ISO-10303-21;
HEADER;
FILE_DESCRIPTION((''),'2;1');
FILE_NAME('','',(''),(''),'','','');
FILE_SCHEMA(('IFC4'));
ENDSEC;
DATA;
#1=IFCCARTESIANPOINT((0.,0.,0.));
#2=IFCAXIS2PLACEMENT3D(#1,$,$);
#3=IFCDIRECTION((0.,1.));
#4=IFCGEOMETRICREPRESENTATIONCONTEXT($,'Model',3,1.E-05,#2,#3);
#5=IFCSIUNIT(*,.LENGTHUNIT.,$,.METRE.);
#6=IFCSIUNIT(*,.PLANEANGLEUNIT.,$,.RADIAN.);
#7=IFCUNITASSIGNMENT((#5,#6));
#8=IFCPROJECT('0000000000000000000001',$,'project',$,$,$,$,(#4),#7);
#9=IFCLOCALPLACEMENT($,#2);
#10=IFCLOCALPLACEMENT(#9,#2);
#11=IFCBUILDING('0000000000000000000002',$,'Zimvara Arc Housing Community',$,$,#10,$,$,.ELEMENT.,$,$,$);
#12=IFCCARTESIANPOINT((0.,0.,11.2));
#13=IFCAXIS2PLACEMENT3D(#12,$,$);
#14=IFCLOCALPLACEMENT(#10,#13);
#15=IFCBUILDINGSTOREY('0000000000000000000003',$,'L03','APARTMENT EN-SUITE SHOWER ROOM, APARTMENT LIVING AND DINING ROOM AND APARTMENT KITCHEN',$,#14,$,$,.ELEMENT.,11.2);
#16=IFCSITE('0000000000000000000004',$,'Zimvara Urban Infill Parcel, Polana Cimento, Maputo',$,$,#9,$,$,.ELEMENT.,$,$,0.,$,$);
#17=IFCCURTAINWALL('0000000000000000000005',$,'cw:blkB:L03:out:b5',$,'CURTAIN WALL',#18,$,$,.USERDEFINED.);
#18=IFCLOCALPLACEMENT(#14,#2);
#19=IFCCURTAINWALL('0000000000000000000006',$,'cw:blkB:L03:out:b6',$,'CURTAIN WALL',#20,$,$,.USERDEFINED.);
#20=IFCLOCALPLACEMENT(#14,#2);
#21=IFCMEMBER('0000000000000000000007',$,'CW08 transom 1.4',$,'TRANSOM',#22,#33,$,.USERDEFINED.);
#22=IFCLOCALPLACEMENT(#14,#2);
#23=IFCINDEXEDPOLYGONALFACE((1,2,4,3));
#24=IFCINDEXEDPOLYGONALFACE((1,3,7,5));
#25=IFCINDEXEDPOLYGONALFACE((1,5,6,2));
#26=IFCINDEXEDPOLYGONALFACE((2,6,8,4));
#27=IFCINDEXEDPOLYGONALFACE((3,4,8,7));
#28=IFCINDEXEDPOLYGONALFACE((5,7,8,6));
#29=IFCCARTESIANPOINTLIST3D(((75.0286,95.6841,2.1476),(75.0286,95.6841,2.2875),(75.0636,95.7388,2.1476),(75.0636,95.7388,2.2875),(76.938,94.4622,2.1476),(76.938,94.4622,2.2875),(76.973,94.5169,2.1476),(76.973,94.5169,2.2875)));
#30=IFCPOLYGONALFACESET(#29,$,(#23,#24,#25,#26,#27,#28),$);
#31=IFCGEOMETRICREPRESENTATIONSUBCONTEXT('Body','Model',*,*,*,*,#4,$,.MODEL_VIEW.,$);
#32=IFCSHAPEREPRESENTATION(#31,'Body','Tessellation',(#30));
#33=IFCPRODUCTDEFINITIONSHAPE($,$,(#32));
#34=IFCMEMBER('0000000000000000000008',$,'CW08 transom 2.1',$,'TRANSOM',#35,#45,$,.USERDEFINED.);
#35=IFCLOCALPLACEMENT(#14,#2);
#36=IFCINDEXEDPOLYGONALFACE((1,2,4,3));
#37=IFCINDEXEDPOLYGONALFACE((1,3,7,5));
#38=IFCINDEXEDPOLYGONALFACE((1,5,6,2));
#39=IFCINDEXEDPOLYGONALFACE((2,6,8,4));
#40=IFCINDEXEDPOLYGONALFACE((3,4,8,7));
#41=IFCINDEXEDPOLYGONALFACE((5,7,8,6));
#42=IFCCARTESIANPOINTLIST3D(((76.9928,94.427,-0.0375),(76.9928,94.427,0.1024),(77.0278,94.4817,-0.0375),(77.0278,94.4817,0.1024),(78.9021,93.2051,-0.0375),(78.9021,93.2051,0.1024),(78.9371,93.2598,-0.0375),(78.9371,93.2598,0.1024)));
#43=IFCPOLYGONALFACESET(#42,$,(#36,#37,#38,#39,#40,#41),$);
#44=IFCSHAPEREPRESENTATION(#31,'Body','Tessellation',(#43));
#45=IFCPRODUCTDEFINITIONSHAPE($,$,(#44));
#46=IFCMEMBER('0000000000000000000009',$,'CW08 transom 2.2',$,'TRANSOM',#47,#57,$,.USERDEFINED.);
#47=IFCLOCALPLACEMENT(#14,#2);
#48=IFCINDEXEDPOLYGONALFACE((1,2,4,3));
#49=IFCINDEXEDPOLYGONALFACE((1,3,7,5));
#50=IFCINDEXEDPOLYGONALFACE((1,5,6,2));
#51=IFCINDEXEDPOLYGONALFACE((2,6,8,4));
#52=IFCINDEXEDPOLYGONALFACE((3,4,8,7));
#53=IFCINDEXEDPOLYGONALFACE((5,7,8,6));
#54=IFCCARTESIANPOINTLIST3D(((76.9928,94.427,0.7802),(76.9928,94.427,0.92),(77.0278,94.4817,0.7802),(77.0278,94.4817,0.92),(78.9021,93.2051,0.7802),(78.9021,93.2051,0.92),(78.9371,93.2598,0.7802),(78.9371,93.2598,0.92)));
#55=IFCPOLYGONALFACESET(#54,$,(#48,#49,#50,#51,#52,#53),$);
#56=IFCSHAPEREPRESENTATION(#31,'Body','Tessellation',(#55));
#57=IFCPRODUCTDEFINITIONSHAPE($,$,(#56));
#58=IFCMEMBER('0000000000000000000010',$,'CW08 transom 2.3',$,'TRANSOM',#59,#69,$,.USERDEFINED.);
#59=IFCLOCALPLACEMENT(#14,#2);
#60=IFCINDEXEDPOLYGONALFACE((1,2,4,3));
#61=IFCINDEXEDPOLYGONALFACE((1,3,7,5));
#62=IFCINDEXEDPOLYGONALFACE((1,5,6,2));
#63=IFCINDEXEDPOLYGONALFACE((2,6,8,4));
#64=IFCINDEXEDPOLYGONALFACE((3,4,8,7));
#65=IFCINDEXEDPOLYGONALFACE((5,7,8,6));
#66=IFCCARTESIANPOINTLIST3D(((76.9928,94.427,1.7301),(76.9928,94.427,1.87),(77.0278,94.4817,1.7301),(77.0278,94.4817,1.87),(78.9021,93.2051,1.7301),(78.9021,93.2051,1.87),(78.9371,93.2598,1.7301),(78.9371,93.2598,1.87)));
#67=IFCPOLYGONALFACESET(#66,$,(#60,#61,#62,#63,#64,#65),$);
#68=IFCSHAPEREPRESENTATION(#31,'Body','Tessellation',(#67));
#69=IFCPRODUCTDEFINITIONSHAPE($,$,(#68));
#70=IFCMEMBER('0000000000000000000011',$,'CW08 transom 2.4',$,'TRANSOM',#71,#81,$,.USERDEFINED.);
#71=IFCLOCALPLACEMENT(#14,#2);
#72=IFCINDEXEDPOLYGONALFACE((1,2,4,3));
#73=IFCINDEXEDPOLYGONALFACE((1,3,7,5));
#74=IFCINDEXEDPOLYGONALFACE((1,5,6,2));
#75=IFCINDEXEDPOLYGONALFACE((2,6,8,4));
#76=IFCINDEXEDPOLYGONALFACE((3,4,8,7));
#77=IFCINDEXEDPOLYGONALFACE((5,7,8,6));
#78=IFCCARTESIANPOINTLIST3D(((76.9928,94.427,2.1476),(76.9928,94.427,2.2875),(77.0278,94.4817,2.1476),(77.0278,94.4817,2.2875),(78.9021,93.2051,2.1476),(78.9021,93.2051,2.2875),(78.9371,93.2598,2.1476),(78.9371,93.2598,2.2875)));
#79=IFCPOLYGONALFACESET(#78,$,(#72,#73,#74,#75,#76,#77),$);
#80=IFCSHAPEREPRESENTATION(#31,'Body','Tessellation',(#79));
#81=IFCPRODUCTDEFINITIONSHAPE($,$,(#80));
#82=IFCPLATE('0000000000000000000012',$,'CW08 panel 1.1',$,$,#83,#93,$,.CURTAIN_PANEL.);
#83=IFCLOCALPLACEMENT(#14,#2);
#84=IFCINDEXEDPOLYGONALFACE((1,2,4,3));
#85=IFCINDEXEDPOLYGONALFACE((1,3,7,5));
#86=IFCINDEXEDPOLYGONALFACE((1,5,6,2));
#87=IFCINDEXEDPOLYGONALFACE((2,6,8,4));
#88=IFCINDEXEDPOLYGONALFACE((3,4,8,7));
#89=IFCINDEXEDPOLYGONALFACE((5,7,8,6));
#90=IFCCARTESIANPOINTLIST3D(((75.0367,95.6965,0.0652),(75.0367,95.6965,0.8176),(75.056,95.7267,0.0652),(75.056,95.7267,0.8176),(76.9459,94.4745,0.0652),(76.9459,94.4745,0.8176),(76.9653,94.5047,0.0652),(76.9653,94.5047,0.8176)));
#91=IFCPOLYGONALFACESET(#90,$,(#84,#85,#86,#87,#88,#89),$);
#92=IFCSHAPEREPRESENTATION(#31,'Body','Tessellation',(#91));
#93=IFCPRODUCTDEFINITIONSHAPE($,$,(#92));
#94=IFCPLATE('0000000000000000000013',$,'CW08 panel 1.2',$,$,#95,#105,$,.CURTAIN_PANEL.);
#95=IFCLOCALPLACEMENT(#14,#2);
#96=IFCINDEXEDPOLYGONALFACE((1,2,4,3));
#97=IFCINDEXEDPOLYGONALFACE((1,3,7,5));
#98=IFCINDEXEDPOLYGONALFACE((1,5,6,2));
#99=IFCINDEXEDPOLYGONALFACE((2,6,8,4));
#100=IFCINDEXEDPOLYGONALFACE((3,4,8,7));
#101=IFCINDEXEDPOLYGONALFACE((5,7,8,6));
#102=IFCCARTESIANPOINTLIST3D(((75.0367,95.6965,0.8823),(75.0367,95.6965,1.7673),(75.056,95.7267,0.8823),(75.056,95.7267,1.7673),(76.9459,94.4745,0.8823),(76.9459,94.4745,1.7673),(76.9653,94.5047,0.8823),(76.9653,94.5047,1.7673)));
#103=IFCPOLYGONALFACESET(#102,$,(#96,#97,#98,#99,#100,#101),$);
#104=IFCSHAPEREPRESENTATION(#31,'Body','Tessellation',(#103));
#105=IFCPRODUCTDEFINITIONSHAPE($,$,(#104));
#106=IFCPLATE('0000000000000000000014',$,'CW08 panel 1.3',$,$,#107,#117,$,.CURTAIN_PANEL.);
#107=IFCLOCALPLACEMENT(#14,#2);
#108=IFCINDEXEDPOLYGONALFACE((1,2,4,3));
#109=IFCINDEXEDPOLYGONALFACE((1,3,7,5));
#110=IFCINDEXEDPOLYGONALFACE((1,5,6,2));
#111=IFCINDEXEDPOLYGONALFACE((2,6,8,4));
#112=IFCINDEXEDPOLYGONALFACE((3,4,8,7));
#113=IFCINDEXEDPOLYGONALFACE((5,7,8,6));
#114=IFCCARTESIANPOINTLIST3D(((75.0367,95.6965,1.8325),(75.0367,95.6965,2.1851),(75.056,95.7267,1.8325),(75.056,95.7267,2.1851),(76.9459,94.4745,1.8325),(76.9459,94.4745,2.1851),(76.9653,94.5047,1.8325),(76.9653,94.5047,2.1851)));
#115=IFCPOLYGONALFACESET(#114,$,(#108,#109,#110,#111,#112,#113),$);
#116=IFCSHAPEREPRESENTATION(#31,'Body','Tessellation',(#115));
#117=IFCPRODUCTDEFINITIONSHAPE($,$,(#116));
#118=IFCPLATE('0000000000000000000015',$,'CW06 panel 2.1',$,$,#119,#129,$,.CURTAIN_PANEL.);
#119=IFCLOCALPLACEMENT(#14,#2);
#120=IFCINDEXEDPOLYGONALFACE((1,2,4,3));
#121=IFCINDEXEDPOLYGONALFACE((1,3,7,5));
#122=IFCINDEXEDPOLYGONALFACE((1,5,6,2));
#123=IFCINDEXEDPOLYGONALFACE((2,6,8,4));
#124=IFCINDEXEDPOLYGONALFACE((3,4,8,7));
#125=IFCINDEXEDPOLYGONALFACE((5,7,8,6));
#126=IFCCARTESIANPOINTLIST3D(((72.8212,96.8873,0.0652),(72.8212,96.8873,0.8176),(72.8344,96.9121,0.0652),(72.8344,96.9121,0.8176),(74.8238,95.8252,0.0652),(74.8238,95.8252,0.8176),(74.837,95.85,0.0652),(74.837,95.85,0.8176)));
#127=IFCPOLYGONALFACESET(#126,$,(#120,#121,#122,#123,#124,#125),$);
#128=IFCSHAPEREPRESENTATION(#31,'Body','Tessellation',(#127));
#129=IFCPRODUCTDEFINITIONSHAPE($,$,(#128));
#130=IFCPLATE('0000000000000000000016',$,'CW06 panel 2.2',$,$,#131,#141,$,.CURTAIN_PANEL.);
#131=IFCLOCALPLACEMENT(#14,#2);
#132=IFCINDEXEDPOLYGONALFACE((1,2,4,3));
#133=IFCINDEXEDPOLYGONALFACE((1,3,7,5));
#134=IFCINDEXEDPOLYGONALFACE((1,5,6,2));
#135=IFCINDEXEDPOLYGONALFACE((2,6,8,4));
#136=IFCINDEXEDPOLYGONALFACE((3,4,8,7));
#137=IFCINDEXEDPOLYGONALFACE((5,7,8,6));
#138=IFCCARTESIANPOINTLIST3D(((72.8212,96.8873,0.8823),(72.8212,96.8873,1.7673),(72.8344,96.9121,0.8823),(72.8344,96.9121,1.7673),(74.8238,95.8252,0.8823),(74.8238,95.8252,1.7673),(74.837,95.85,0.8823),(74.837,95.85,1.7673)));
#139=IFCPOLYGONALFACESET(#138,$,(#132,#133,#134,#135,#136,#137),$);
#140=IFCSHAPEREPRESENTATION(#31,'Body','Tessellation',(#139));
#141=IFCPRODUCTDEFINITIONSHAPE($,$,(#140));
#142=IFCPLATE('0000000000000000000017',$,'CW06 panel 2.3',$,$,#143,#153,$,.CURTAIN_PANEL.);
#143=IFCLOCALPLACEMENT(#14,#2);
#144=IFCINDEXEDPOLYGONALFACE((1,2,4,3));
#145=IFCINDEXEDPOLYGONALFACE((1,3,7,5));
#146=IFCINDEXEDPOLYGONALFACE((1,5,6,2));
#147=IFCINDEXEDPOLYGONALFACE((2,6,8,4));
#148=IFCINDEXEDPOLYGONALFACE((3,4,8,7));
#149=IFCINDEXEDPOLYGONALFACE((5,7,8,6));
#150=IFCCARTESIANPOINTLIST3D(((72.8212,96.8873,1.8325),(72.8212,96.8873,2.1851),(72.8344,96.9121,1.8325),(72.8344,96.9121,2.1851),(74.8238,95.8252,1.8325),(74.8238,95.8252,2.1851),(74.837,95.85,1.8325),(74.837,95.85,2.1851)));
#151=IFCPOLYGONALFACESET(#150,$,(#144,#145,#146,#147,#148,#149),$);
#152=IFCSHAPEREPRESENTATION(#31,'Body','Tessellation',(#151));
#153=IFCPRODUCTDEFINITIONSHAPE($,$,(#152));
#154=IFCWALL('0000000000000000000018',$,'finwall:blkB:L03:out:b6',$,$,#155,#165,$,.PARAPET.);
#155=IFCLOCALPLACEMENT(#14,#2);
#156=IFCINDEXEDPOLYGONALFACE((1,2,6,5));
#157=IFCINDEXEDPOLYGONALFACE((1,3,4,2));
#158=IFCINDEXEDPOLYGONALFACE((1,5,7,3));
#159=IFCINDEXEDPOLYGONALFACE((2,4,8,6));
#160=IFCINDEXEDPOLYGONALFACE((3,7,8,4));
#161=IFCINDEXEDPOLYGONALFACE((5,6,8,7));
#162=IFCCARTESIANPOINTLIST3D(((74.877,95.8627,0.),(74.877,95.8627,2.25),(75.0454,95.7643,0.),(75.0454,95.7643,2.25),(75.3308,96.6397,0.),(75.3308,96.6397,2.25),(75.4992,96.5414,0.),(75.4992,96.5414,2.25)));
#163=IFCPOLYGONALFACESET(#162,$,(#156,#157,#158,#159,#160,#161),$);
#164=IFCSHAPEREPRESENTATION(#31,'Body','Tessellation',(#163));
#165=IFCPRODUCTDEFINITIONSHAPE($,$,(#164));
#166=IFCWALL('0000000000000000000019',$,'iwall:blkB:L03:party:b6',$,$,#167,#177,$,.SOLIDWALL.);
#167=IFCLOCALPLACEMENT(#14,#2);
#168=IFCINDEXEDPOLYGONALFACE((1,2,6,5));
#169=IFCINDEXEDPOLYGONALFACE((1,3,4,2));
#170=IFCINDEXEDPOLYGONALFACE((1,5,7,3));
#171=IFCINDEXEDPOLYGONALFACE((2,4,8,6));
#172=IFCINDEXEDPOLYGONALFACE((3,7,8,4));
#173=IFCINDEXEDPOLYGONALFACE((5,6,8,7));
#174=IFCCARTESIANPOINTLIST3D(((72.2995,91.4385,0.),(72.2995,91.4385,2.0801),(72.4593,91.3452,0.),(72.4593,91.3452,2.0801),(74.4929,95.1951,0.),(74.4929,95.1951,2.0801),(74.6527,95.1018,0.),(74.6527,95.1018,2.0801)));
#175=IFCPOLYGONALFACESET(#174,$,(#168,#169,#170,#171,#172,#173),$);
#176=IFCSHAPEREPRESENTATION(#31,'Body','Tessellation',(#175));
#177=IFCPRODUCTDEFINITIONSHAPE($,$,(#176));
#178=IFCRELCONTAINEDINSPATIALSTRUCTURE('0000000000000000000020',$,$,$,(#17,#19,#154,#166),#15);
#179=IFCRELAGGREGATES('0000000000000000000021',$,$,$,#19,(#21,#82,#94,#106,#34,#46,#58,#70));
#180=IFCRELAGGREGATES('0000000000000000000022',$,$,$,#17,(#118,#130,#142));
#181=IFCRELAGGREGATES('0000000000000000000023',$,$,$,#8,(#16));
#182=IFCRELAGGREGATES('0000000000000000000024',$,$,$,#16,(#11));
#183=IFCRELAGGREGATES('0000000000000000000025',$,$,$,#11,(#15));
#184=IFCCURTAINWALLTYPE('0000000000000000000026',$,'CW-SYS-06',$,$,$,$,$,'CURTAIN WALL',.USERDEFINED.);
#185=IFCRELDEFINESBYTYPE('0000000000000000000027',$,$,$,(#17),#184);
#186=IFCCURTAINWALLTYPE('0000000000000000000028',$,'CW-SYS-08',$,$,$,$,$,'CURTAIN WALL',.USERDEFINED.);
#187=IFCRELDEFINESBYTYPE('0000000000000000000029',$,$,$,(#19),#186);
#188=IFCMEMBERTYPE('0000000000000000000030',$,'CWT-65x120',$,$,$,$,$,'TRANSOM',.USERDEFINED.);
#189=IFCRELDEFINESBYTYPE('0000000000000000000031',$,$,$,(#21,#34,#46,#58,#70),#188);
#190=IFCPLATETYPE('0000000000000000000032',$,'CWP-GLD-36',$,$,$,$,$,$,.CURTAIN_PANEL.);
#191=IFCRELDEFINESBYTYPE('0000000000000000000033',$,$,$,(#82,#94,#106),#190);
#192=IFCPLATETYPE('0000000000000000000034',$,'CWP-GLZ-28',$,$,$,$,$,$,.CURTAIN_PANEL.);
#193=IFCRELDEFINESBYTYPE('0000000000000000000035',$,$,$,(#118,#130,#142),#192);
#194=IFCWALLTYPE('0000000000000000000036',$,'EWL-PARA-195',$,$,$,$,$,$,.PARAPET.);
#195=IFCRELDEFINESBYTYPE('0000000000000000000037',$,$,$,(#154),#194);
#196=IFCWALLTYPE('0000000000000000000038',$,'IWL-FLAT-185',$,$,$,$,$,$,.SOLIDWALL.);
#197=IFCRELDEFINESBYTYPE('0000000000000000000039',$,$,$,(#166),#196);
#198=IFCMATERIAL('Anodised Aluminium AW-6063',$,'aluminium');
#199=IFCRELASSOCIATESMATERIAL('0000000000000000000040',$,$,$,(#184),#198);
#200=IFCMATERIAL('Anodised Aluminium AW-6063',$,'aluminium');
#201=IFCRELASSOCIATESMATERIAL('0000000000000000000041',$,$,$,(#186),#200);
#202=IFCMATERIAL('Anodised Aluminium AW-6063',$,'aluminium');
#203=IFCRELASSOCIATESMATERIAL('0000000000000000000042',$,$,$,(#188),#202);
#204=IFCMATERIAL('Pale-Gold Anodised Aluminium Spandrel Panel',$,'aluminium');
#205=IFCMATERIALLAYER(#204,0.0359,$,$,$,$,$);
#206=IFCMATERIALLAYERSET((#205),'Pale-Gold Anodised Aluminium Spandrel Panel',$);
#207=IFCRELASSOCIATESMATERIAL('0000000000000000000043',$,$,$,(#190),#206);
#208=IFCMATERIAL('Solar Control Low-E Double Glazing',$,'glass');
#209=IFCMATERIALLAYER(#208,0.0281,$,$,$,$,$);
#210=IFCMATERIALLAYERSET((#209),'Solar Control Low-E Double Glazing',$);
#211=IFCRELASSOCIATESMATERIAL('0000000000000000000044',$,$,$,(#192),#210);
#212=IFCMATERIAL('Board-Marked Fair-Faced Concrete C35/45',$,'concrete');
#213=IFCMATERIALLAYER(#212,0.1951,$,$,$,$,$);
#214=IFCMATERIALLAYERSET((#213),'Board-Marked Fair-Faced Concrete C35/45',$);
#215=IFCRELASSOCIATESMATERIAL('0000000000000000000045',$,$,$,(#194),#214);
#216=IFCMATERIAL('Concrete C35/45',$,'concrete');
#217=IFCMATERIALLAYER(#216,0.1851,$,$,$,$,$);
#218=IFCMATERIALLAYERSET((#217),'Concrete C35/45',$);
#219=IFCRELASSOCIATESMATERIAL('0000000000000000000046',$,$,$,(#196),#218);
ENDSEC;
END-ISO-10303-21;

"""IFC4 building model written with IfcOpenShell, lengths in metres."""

from ifc_helpers import new_model, si_unit, direction, frame, frame_2d, origin, origin_2d, place, context, subcontext, project, spatial, rectangle, extrude, material, layer, layer_set, material_profile, profile_set, type_object, element, aggregate, save


model = new_model("IFC4")

# Units and contexts
model_context = context("Model", 3, precision=1e-05, world=origin(), true_north=direction((0.0, 1.0)))
body_context = subcontext(model_context, "Body", "Model", "MODEL_VIEW")
ifc_project = project(units=[si_unit("LENGTHUNIT", "METRE"), si_unit("PLANEANGLEUNIT", "RADIAN")], contexts=[model_context])

# Site, building, storey
site_placement = place(None, origin())
site = spatial("IfcSite", under=ifc_project, at=site_placement, Name="Zimvara Urban Infill Parcel, Polana Cimento, Maputo", CompositionType="ELEMENT", RefElevation=0.0)
building_placement = place(site_placement, origin())
building = spatial("IfcBuilding", under=site, at=building_placement, Name="Zimvara Arc Housing Community", CompositionType="ELEMENT")
storey_placement = place(building_placement, frame((0.0, 0.0, 11.2)))
storey = spatial("IfcBuildingStorey", under=building, at=storey_placement, Name="L03", Description="APARTMENT EN-SUITE SHOWER ROOM, APARTMENT LIVING AND DINING ROOM AND APARTMENT KITCHEN", CompositionType="ELEMENT", Elevation=11.2)

# Curtain walls
ifc_material_1 = material(Name="Anodised Aluminium AW-6063", Category="aluminium")
curtain_wall_type_1 = type_object("IfcCurtainWallType", Name="CW-SYS-06", ElementType="CURTAIN WALL", PredefinedType="USERDEFINED", material=ifc_material_1)
curtain_wall_1_placement = place(storey_placement, origin())
curtain_wall_1 = element("IfcCurtainWall", 1, at=curtain_wall_1_placement, inside=storey, type_object=curtain_wall_type_1, Name="cw:blkB:L03:out:b5", ObjectType="CURTAIN WALL", PredefinedType="USERDEFINED")
ifc_material_2 = material(Name="Anodised Aluminium AW-6063", Category="aluminium")
curtain_wall_type_2 = type_object("IfcCurtainWallType", Name="CW-SYS-08", ElementType="CURTAIN WALL", PredefinedType="USERDEFINED", material=ifc_material_2)
curtain_wall_2_placement = place(storey_placement, origin())
curtain_wall_2 = element("IfcCurtainWall", 2, at=curtain_wall_2_placement, inside=storey, type_object=curtain_wall_type_2, Name="cw:blkB:L03:out:b6", ObjectType="CURTAIN WALL", PredefinedType="USERDEFINED")

# Members
ifc_material_3 = material(Name="Anodised Aluminium AW-6063", Category="aluminium")
ifc_material_profile_1 = material_profile(ifc_material_3, rectangle(XDim=0.0649, YDim=0.1399, at=origin_2d()), Name="ALU 65x140")
ifc_profile_set_1 = profile_set([ifc_material_profile_1], Name="Anodised Aluminium AW-6063")
member_type_1 = type_object("IfcMemberType", Name="CWT-65x120", ElementType="TRANSOM", PredefinedType="USERDEFINED", material=ifc_profile_set_1)
member_1_placement = place(storey_placement, frame((75.0461, 95.7114, 2.2175), z_axis=(0.842293, -0.53902, 0.0), x_axis=(0.53902, 0.842293, 0.0)))
member_1 = element("IfcMember", 3, at=member_1_placement, type_object=member_type_1, Name="CW08 transom 1.4", ObjectType="TRANSOM", PredefinedType="USERDEFINED", context=body_context, shape_type="SweptSolid", body=[
    extrude(rectangle(XDim=0.0649, YDim=0.1399, at=origin_2d()), origin(), (0.0, 0.0, 1.0), 2.2668),
])
member_2_placement = place(storey_placement, frame((77.0103, 94.4543, 0.0325), z_axis=(0.842293, -0.53902, 0.0), x_axis=(0.53902, 0.842293, 0.0)))
member_2 = element("IfcMember", 4, at=member_2_placement, type_object=member_type_1, Name="CW08 transom 2.1", ObjectType="TRANSOM", PredefinedType="USERDEFINED", context=body_context, shape_type="SweptSolid", body=[
    extrude(rectangle(XDim=0.0649, YDim=0.1399, at=origin_2d()), origin(), (0.0, 0.0, 1.0), 2.2668),
])
member_3_placement = place(storey_placement, frame((77.0103, 94.4543, 0.8501), z_axis=(0.842293, -0.53902, 0.0), x_axis=(0.53902, 0.842293, 0.0)))
member_3 = element("IfcMember", 5, at=member_3_placement, type_object=member_type_1, Name="CW08 transom 2.2", ObjectType="TRANSOM", PredefinedType="USERDEFINED", context=body_context, shape_type="SweptSolid", body=[
    extrude(rectangle(XDim=0.0649, YDim=0.1399, at=origin_2d()), origin(), (0.0, 0.0, 1.0), 2.2668),
])
member_4_placement = place(storey_placement, frame((77.0103, 94.4543, 1.8), z_axis=(0.842293, -0.53902, 0.0), x_axis=(0.53902, 0.842293, 0.0)))
member_4 = element("IfcMember", 6, at=member_4_placement, type_object=member_type_1, Name="CW08 transom 2.3", ObjectType="TRANSOM", PredefinedType="USERDEFINED", context=body_context, shape_type="SweptSolid", body=[
    extrude(rectangle(XDim=0.0649, YDim=0.1399, at=origin_2d()), origin(), (0.0, 0.0, 1.0), 2.2668),
])
member_5_placement = place(storey_placement, frame((77.0103, 94.4543, 2.2175), z_axis=(0.842293, -0.53902, 0.0), x_axis=(0.53902, 0.842293, 0.0)))
member_5 = element("IfcMember", 7, at=member_5_placement, type_object=member_type_1, Name="CW08 transom 2.4", ObjectType="TRANSOM", PredefinedType="USERDEFINED", context=body_context, shape_type="SweptSolid", body=[
    extrude(rectangle(XDim=0.0649, YDim=0.1399, at=origin_2d()), origin(), (0.0, 0.0, 1.0), 2.2668),
])

# Plates
ifc_material_4 = material(Name="Pale-Gold Anodised Aluminium Spandrel Panel", Category="aluminium")
ifc_layer_1 = layer(ifc_material_4, 0.0359)
ifc_layer_set_1 = layer_set([ifc_layer_1], Name="Pale-Gold Anodised Aluminium Spandrel Panel")
plate_type_1 = type_object("IfcPlateType", Name="CWP-GLD-36", PredefinedType="CURTAIN_PANEL", material=ifc_layer_set_1)
plate_1_placement = place(storey_placement, frame((76.001, 95.1006, 0.0652), z_axis=(0.0, 0.0, 1.0), x_axis=(0.842264, -0.539065, 0.0)))
plate_1 = element("IfcPlate", 8, at=plate_1_placement, type_object=plate_type_1, Name="CW08 panel 1.1", PredefinedType="CURTAIN_PANEL", context=body_context, shape_type="SweptSolid", body=[
    extrude(rectangle(XDim=2.2668, YDim=0.0359, at=origin_2d()), origin(), (0.0, 0.0, 1.0), 0.7524),
])
plate_2_placement = place(storey_placement, frame((76.001, 95.1006, 0.8823), z_axis=(0.0, 0.0, 1.0), x_axis=(0.842264, -0.539065, 0.0)))
plate_2 = element("IfcPlate", 9, at=plate_2_placement, type_object=plate_type_1, Name="CW08 panel 1.2", PredefinedType="CURTAIN_PANEL", context=body_context, shape_type="SweptSolid", body=[
    extrude(rectangle(XDim=2.2668, YDim=0.0359, at=origin_2d()), origin(), (0.0, 0.0, 1.0), 0.885),
])
plate_3_placement = place(storey_placement, frame((76.001, 95.1006, 1.8325), z_axis=(0.0, 0.0, 1.0), x_axis=(0.842264, -0.539065, 0.0)))
plate_3 = element("IfcPlate", 10, at=plate_3_placement, type_object=plate_type_1, Name="CW08 panel 1.3", PredefinedType="CURTAIN_PANEL", context=body_context, shape_type="SweptSolid", body=[
    extrude(rectangle(XDim=2.2668, YDim=0.0359, at=origin_2d()), origin(), (0.0, 0.0, 1.0), 0.3525),
])
aggregate(curtain_wall_2, [member_1, plate_1, plate_2, plate_3, member_2, member_3, member_4, member_5])
ifc_material_5 = material(Name="Solar Control Low-E Double Glazing", Category="glass")
ifc_layer_2 = layer(ifc_material_5, 0.0281)
ifc_layer_set_2 = layer_set([ifc_layer_2], Name="Solar Control Low-E Double Glazing")
plate_type_2 = type_object("IfcPlateType", Name="CWP-GLZ-28", PredefinedType="CURTAIN_PANEL", material=ifc_layer_set_2)
plate_4_placement = place(storey_placement, frame((73.8291, 96.3687, 0.0652), z_axis=(0.0, 0.0, 1.0), x_axis=(0.883439, -0.468547, 0.0)))
plate_4 = element("IfcPlate", 11, at=plate_4_placement, type_object=plate_type_2, Name="CW06 panel 2.1", PredefinedType="CURTAIN_PANEL", context=body_context, shape_type="SweptSolid", body=[
    extrude(rectangle(XDim=2.2668, YDim=0.0281, at=origin_2d()), origin(), (0.0, 0.0, 1.0), 0.7524),
])
plate_5_placement = place(storey_placement, frame((73.8291, 96.3687, 0.8823), z_axis=(0.0, 0.0, 1.0), x_axis=(0.883439, -0.468547, 0.0)))
plate_5 = element("IfcPlate", 12, at=plate_5_placement, type_object=plate_type_2, Name="CW06 panel 2.2", PredefinedType="CURTAIN_PANEL", context=body_context, shape_type="SweptSolid", body=[
    extrude(rectangle(XDim=2.2668, YDim=0.0281, at=origin_2d()), origin(), (0.0, 0.0, 1.0), 0.885),
])
plate_6_placement = place(storey_placement, frame((73.8291, 96.3687, 1.8325), z_axis=(0.0, 0.0, 1.0), x_axis=(0.883439, -0.468547, 0.0)))
plate_6 = element("IfcPlate", 13, at=plate_6_placement, type_object=plate_type_2, Name="CW06 panel 2.3", PredefinedType="CURTAIN_PANEL", context=body_context, shape_type="SweptSolid", body=[
    extrude(rectangle(XDim=2.2668, YDim=0.0281, at=origin_2d()), origin(), (0.0, 0.0, 1.0), 0.3525),
])
aggregate(curtain_wall_1, [plate_4, plate_5, plate_6])

# Walls
ifc_material_6 = material(Name="Board-Marked Fair-Faced Concrete C35/45", Category="concrete")
ifc_layer_3 = layer(ifc_material_6, 0.1951)
ifc_layer_set_3 = layer_set([ifc_layer_3], Name="Board-Marked Fair-Faced Concrete C35/45")
wall_type_1 = type_object("IfcWallType", Name="EWL-PARA-195", PredefinedType="PARAPET", material=ifc_layer_set_3)
wall_1_placement = place(storey_placement, frame((74.9612, 95.8135, 0.0), z_axis=(0.0, 0.0, 1.0), x_axis=(0.504326, 0.863513, 0.0)))
element("IfcWall", 14, at=wall_1_placement, inside=storey, type_object=wall_type_1, Name="finwall:blkB:L03:out:b6", PredefinedType="PARAPET", context=body_context, shape_type="SweptSolid", body=[
    extrude(rectangle(XDim=0.8999, YDim=0.1951, at=frame_2d((0.45, 0.0))), origin(), (0.0, 0.0, 1.0), 2.25),
])
ifc_material_7 = material(Name="Concrete C35/45", Category="concrete")
ifc_layer_4 = layer(ifc_material_7, 0.1851)
ifc_layer_set_4 = layer_set([ifc_layer_4], Name="Concrete C35/45")
wall_type_2 = type_object("IfcWallType", Name="IWL-FLAT-185", PredefinedType="SOLIDWALL", material=ifc_layer_set_4)
wall_2_placement = place(storey_placement, frame((72.3794, 91.3918, 0.0), z_axis=(0.0, 0.0, 1.0), x_axis=(0.504216, 0.863577, 0.0)))
element("IfcWall", 15, at=wall_2_placement, inside=storey, type_object=wall_type_2, Name="iwall:blkB:L03:party:b6", PredefinedType="SOLIDWALL", context=body_context, shape_type="SweptSolid", body=[
    extrude(rectangle(XDim=4.3501, YDim=0.1851, at=frame_2d((2.175, 0.0))), origin(), (0.0, 0.0, 1.0), 2.0801),
])

save(model, "model.ifc")
